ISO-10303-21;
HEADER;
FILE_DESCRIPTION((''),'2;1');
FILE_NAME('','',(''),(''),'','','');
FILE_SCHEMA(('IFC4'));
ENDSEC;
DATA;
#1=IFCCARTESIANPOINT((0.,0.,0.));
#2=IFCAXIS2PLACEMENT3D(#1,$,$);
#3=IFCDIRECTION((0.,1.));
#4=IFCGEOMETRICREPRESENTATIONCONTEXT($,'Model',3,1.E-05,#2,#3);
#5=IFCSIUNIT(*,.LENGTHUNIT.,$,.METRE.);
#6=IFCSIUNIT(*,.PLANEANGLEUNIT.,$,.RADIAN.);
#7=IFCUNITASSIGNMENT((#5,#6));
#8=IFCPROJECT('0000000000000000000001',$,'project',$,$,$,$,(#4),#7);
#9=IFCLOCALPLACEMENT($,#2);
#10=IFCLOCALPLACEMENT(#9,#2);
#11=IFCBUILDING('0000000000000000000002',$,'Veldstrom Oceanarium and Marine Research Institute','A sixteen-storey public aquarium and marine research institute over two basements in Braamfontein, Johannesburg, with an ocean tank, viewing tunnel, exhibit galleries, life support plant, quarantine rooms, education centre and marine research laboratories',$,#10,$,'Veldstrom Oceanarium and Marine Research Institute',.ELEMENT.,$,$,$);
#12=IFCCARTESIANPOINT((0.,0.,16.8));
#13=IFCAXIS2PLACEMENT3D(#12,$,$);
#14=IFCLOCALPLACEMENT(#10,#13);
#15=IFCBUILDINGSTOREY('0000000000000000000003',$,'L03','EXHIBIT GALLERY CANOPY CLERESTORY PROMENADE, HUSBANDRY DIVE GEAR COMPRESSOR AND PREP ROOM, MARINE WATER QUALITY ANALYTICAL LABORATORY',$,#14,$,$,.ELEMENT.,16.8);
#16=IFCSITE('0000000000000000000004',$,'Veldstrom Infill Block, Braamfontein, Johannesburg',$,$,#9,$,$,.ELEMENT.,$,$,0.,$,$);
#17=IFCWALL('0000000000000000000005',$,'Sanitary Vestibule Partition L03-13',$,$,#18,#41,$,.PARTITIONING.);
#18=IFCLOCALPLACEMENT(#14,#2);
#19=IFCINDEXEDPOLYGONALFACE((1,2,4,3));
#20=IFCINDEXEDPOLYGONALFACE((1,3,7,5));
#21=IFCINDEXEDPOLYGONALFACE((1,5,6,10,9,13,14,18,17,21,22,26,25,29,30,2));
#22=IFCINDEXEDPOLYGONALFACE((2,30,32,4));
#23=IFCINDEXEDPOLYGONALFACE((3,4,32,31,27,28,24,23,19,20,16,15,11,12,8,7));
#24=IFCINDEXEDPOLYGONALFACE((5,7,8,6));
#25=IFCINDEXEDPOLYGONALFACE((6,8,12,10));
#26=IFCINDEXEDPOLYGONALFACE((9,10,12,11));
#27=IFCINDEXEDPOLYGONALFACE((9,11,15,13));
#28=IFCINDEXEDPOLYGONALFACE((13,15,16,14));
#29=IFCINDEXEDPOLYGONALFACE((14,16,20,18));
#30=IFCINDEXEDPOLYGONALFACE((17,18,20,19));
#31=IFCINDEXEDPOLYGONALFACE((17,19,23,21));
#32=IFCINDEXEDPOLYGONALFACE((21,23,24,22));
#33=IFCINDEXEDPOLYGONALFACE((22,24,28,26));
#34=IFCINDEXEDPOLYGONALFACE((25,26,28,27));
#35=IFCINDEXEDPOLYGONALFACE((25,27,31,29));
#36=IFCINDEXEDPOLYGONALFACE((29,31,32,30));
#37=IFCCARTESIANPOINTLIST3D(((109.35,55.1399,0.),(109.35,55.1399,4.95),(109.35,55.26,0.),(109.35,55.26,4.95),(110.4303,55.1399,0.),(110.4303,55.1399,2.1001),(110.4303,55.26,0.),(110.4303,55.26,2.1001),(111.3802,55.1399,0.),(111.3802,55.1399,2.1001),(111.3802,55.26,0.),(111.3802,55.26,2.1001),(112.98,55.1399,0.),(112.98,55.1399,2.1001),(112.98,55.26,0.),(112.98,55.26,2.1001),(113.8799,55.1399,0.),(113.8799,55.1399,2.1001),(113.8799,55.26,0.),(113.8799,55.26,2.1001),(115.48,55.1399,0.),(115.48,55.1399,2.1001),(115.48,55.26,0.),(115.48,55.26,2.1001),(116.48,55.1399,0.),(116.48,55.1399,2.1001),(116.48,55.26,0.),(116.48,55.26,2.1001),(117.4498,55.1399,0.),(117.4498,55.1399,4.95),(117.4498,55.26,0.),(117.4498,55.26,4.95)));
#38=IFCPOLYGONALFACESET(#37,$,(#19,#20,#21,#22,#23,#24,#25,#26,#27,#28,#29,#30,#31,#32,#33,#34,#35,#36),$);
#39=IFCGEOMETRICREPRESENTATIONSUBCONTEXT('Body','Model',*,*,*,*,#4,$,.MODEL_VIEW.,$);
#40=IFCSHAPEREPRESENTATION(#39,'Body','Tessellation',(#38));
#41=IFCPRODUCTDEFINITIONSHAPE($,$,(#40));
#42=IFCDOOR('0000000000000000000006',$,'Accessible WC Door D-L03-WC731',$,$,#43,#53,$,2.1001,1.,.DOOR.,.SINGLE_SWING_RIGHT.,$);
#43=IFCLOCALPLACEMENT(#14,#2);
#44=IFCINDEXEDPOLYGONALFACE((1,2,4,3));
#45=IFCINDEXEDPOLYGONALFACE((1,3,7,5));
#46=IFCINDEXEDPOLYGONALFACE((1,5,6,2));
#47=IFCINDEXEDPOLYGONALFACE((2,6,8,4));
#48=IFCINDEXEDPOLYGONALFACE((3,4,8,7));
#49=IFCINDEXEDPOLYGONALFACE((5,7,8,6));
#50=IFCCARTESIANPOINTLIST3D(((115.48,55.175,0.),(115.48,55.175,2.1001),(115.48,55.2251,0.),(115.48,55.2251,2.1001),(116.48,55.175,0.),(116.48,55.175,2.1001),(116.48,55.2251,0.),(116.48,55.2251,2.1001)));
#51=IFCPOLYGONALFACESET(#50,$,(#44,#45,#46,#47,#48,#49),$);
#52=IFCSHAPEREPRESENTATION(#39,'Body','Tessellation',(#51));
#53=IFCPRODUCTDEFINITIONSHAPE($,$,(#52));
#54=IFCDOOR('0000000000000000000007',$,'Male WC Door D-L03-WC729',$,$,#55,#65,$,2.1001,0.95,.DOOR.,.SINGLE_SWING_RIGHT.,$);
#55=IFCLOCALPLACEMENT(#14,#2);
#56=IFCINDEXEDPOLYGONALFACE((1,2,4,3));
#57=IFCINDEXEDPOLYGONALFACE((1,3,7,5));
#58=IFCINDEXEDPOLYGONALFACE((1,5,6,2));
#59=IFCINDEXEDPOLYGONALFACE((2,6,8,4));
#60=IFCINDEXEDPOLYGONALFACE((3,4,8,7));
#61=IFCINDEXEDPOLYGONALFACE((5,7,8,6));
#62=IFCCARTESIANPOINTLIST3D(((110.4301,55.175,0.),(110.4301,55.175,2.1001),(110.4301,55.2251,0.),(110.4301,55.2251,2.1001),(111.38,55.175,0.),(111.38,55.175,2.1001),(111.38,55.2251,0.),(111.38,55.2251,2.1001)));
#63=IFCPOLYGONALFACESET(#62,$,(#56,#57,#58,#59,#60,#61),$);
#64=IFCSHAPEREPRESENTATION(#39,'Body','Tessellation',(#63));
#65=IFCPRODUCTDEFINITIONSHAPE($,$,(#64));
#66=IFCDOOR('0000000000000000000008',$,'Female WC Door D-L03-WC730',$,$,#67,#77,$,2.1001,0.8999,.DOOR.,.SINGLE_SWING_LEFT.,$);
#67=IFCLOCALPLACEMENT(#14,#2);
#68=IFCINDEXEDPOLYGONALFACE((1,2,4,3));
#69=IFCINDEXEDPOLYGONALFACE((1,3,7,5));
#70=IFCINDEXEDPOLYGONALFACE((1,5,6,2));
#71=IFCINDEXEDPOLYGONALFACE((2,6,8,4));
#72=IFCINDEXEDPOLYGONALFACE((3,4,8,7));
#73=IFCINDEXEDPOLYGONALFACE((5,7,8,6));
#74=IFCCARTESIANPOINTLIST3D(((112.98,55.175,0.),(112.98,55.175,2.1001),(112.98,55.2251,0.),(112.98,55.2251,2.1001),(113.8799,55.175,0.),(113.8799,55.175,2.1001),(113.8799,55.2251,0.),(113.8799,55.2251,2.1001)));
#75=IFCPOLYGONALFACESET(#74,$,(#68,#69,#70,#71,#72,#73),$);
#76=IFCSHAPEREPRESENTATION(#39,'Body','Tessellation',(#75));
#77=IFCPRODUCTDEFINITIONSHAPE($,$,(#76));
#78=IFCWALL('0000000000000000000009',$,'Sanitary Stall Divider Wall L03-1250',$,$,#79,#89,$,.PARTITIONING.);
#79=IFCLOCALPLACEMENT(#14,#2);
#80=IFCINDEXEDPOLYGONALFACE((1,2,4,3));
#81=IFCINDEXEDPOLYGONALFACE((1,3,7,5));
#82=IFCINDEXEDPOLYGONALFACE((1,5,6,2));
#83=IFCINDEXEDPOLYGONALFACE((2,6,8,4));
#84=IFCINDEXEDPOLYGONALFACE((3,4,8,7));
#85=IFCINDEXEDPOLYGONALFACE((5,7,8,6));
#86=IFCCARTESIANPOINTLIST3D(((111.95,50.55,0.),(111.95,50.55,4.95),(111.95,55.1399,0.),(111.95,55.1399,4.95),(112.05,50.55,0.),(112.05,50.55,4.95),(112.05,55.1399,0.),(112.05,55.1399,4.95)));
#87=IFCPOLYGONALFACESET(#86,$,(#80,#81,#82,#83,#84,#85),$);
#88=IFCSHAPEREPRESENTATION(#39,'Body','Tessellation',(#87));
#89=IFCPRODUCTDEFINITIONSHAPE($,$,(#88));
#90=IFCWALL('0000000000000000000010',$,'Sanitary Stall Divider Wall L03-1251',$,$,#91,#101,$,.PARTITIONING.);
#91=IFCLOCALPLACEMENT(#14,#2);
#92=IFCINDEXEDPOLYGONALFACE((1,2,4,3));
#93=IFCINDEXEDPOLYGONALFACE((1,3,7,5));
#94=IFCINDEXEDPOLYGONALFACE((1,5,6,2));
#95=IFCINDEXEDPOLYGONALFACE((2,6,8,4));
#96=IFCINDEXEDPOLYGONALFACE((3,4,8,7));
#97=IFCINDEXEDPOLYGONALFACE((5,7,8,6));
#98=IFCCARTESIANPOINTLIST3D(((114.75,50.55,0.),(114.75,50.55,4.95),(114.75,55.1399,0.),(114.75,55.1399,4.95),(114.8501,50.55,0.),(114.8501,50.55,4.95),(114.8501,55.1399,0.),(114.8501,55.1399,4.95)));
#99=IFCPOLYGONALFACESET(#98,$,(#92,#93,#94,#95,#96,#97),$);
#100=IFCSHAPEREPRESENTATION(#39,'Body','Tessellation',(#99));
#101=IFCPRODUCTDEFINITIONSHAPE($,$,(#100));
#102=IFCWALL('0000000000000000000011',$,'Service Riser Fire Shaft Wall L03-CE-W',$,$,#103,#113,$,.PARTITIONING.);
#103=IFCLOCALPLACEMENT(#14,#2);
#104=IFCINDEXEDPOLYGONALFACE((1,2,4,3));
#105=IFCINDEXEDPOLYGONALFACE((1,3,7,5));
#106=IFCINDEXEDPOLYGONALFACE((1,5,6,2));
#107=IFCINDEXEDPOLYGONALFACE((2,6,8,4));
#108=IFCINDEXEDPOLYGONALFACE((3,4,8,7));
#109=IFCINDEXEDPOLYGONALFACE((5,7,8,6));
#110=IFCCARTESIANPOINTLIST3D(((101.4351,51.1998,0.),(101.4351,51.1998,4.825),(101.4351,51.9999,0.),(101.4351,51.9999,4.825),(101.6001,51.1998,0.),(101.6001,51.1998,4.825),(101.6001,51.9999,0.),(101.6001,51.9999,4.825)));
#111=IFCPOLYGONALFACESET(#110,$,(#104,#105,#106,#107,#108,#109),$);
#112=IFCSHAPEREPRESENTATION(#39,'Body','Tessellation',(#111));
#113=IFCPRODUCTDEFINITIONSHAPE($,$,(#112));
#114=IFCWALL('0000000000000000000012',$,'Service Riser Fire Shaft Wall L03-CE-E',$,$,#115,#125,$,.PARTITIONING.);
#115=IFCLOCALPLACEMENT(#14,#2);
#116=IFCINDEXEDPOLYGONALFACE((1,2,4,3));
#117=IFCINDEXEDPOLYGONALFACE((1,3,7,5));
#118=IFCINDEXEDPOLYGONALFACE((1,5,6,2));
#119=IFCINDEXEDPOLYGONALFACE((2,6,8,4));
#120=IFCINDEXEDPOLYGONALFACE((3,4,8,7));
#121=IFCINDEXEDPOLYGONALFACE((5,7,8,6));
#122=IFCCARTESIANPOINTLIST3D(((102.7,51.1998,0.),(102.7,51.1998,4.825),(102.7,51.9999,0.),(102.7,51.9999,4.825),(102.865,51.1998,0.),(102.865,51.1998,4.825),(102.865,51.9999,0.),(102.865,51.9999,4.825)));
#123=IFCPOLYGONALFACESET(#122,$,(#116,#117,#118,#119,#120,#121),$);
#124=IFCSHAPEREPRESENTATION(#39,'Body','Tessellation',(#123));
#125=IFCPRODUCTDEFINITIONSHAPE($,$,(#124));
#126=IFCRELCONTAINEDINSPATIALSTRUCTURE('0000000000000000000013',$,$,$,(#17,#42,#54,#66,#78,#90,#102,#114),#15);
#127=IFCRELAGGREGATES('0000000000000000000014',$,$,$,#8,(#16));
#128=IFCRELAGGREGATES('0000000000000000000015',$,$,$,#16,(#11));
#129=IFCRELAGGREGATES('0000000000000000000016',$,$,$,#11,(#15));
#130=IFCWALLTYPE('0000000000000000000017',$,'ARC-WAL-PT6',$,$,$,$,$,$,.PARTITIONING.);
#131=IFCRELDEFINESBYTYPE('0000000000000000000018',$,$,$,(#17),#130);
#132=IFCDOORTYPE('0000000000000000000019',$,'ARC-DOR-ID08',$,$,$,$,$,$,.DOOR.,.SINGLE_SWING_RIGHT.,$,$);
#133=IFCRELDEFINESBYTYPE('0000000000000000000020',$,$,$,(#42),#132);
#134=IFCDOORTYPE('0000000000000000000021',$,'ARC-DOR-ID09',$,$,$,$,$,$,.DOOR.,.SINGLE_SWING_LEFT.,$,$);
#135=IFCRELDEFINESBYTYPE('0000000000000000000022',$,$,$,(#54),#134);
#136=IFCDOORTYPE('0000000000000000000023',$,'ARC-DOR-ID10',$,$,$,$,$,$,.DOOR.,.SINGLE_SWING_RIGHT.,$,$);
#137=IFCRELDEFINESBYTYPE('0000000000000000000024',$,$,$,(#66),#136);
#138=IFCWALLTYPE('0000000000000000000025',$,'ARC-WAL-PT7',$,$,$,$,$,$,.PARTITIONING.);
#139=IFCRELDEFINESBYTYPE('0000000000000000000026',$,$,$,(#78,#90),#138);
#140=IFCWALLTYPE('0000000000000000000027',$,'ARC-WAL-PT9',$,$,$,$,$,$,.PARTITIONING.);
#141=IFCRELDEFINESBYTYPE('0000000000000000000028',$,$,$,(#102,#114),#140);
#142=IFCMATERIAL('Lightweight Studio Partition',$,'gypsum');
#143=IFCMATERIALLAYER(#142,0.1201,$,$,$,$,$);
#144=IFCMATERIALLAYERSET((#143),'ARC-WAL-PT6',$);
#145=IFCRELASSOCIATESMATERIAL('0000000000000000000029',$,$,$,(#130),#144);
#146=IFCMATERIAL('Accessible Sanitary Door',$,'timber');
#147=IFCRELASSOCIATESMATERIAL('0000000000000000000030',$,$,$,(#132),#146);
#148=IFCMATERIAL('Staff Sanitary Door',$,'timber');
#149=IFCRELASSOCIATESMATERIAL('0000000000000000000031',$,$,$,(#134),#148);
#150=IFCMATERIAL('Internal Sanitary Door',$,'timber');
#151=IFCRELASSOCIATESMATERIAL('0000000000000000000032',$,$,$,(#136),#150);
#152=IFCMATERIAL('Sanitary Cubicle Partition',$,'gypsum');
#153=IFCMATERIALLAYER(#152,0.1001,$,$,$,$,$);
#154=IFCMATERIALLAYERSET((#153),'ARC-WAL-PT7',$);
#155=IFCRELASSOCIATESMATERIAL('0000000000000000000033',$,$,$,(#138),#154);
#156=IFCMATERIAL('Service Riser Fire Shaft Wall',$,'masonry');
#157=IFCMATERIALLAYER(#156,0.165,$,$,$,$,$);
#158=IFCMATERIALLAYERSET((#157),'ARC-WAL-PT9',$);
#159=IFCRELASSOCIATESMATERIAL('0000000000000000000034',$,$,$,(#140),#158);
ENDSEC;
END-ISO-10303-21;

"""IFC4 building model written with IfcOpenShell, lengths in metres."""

from ifc_helpers import new_model, si_unit, direction, frame, frame_2d, origin, place, context, subcontext, project, spatial, rectangle, extrude, material, layer, layer_set, type_object, element, fill, save


model = new_model("IFC4")

# Units and contexts
model_context = context("Model", 3, precision=1e-05, world=origin(), true_north=direction((0.0, 1.0)))
body_context = subcontext(model_context, "Body", "Model", "MODEL_VIEW")
ifc_project = project(units=[si_unit("LENGTHUNIT", "METRE"), si_unit("PLANEANGLEUNIT", "RADIAN")], contexts=[model_context])

# Site, building, storey
site_placement = place(None, origin())
site = spatial("IfcSite", under=ifc_project, at=site_placement, Name="Veldstrom Infill Block, Braamfontein, Johannesburg", CompositionType="ELEMENT", RefElevation=0.0)
building_placement = place(site_placement, origin())
building = spatial("IfcBuilding", under=site, at=building_placement, Name="Veldstrom Oceanarium and Marine Research Institute", Description="A sixteen-storey public aquarium and marine research institute over two basements in Braamfontein, Johannesburg, with an ocean tank, viewing tunnel, exhibit galleries, life support plant, quarantine rooms, education centre and marine research laboratories", LongName="Veldstrom Oceanarium and Marine Research Institute", CompositionType="ELEMENT")
storey_placement = place(building_placement, frame((0.0, 0.0, 16.8)))
storey = spatial("IfcBuildingStorey", under=building, at=storey_placement, Name="L03", Description="EXHIBIT GALLERY CANOPY CLERESTORY PROMENADE, HUSBANDRY DIVE GEAR COMPRESSOR AND PREP ROOM, MARINE WATER QUALITY ANALYTICAL LABORATORY", CompositionType="ELEMENT", Elevation=16.8)

# Wall, openings, doors
ifc_material_1 = material(Name="Lightweight Studio Partition", Category="gypsum")
ifc_layer_1 = layer(ifc_material_1, 0.1201)
ifc_layer_set_1 = layer_set([ifc_layer_1], Name="ARC-WAL-PT6")
wall_type_1 = type_object("IfcWallType", Name="ARC-WAL-PT6", PredefinedType="PARTITIONING", material=ifc_layer_set_1)
wall_1_placement = place(storey_placement, frame((109.3501, 55.2, 0.0), z_axis=(0.0, 0.0, 1.0), x_axis=(1.0, 0.0, 0.0)))
wall_1 = element("IfcWall", 1, at=wall_1_placement, inside=storey, type_object=wall_type_1, Name="Sanitary Vestibule Partition L03-13", PredefinedType="PARTITIONING", context=body_context, shape_type="SweptSolid", body=[
    extrude(rectangle(XDim=8.0999, YDim=0.1201, at=frame_2d((4.0498, 0.0))), origin(), (0.0, 0.0, 1.0), 4.95),
])
opening_1_placement = place(wall_1_placement, frame((1.0801, 0.0, 0.0)))
opening_1 = element("IfcOpeningElement", 2, at=opening_1_placement, cuts=wall_1, PredefinedType="OPENING", context=body_context, shape_type="SweptSolid", body=[
    extrude(rectangle(XDim=0.95, YDim=2.1001, at=frame_2d((0.4751, 1.05))), frame((0.0, 0.0701, 0.0), z_axis=(0.0, -1.0, 0.0), x_axis=(1.0, 0.0, 0.0)), (0.0, 0.0, 1.0), 0.1401),
])
opening_2_placement = place(wall_1_placement, frame((3.6299, 0.0, 0.0)))
opening_2 = element("IfcOpeningElement", 3, at=opening_2_placement, cuts=wall_1, PredefinedType="OPENING", context=body_context, shape_type="SweptSolid", body=[
    extrude(rectangle(XDim=0.8999, YDim=2.1001, at=frame_2d((0.45, 1.05))), frame((0.0, 0.0701, 0.0), z_axis=(0.0, -1.0, 0.0), x_axis=(1.0, 0.0, 0.0)), (0.0, 0.0, 1.0), 0.1401),
])
opening_3_placement = place(wall_1_placement, frame((6.1299, 0.0, 0.0)))
opening_3 = element("IfcOpeningElement", 4, at=opening_3_placement, cuts=wall_1, PredefinedType="OPENING", context=body_context, shape_type="SweptSolid", body=[
    extrude(rectangle(XDim=1.0, YDim=2.1001, at=frame_2d((0.5, 1.05))), frame((0.0, 0.0701, 0.0), z_axis=(0.0, -1.0, 0.0), x_axis=(1.0, 0.0, 0.0)), (0.0, 0.0, 1.0), 0.1401),
])
ifc_material_2 = material(Name="Accessible Sanitary Door", Category="timber")
door_type_1 = type_object("IfcDoorType", Name="ARC-DOR-ID08", OperationType="SINGLE_SWING_RIGHT", PredefinedType="DOOR", material=ifc_material_2)
door_1_placement = place(opening_3_placement, frame((1.0, 0.0, 0.0), z_axis=(0.0, 0.0, 1.0), x_axis=(-1.0, 0.0, 0.0)))
door_1 = element("IfcDoor", 5, at=door_1_placement, inside=storey, type_object=door_type_1, Name="Accessible WC Door D-L03-WC731", OperationType="SINGLE_SWING_RIGHT", OverallHeight=2.1001, OverallWidth=1.0, PredefinedType="DOOR", context=body_context, shape_type="SweptSolid", body=[
    extrude(rectangle(XDim=1.0, YDim=2.1001, at=frame_2d((0.5, 1.05))), frame((0.0, 0.0249, 0.0), z_axis=(0.0, -1.0, 0.0), x_axis=(1.0, 0.0, 0.0)), (0.0, 0.0, 1.0), 0.05),
])
fill(opening_3, door_1)
ifc_material_3 = material(Name="Staff Sanitary Door", Category="timber")
door_type_2 = type_object("IfcDoorType", Name="ARC-DOR-ID09", OperationType="SINGLE_SWING_LEFT", PredefinedType="DOOR", material=ifc_material_3)
door_2_placement = place(opening_1_placement, frame((0.95, 0.0, 0.0), z_axis=(0.0, 0.0, 1.0), x_axis=(-1.0, 0.0, 0.0)))
door_2 = element("IfcDoor", 6, at=door_2_placement, inside=storey, type_object=door_type_2, Name="Male WC Door D-L03-WC729", OperationType="SINGLE_SWING_RIGHT", OverallHeight=2.1001, OverallWidth=0.95, PredefinedType="DOOR", context=body_context, shape_type="SweptSolid", body=[
    extrude(rectangle(XDim=0.95, YDim=2.1001, at=frame_2d((0.4751, 1.05))), frame((0.0, 0.0249, 0.0), z_axis=(0.0, -1.0, 0.0), x_axis=(1.0, 0.0, 0.0)), (0.0, 0.0, 1.0), 0.05),
])
fill(opening_1, door_2)
ifc_material_4 = material(Name="Internal Sanitary Door", Category="timber")
door_type_3 = type_object("IfcDoorType", Name="ARC-DOR-ID10", OperationType="SINGLE_SWING_RIGHT", PredefinedType="DOOR", material=ifc_material_4)
door_3_placement = place(opening_2_placement, frame((0.8999, 0.0, 0.0), z_axis=(0.0, 0.0, 1.0), x_axis=(-1.0, 0.0, 0.0)))
door_3 = element("IfcDoor", 7, at=door_3_placement, inside=storey, type_object=door_type_3, Name="Female WC Door D-L03-WC730", OperationType="SINGLE_SWING_LEFT", OverallHeight=2.1001, OverallWidth=0.8999, PredefinedType="DOOR", context=body_context, shape_type="SweptSolid", body=[
    extrude(rectangle(XDim=0.8999, YDim=2.1001, at=frame_2d((0.45, 1.05))), frame((0.0, 0.0249, 0.0), z_axis=(0.0, -1.0, 0.0), x_axis=(1.0, 0.0, 0.0)), (0.0, 0.0, 1.0), 0.05),
])
fill(opening_2, door_3)

# Walls
ifc_material_5 = material(Name="Sanitary Cubicle Partition", Category="gypsum")
ifc_layer_2 = layer(ifc_material_5, 0.1001)
ifc_layer_set_2 = layer_set([ifc_layer_2], Name="ARC-WAL-PT7")
wall_type_2 = type_object("IfcWallType", Name="ARC-WAL-PT7", PredefinedType="PARTITIONING", material=ifc_layer_set_2)
for number, where, z_axis, x_axis, name in (
    (8, (112.0, 50.55, 0.0), (0.0, 0.0, 1.0), (0.0, 1.0, 0.0), "Sanitary Stall Divider Wall L03-1250"),
    (9, (114.8, 50.55, 0.0), (0.0, 0.0, 1.0), (0.0, 1.0, 0.0), "Sanitary Stall Divider Wall L03-1251"),
):
    element("IfcWall", number, at=place(storey_placement, frame(where, z_axis=z_axis, x_axis=x_axis)), inside=storey, type_object=wall_type_2, Name=name, PredefinedType="PARTITIONING", context=body_context, shape_type="SweptSolid", body=[
        extrude(rectangle(XDim=4.5898, YDim=0.1001, at=frame_2d((2.2949, 0.0))), origin(), (0.0, 0.0, 1.0), 4.95),
    ])
ifc_material_6 = material(Name="Service Riser Fire Shaft Wall", Category="masonry")
ifc_layer_3 = layer(ifc_material_6, 0.165)
ifc_layer_set_3 = layer_set([ifc_layer_3], Name="ARC-WAL-PT9")
wall_type_3 = type_object("IfcWallType", Name="ARC-WAL-PT9", PredefinedType="PARTITIONING", material=ifc_layer_set_3)
for number, where, z_axis, x_axis, name in (
    (10, (101.5176, 51.2, 0.0), (0.0, 0.0, 1.0), (0.0, 1.0, 0.0), "Service Riser Fire Shaft Wall L03-CE-W"),
    (11, (102.7825, 51.2, 0.0), (0.0, 0.0, 1.0), (0.0, 1.0, 0.0), "Service Riser Fire Shaft Wall L03-CE-E"),
):
    element("IfcWall", number, at=place(storey_placement, frame(where, z_axis=z_axis, x_axis=x_axis)), inside=storey, type_object=wall_type_3, Name=name, PredefinedType="PARTITIONING", context=body_context, shape_type="SweptSolid", body=[
        extrude(rectangle(XDim=0.8, YDim=0.165, at=frame_2d((0.3999, 0.0))), origin(), (0.0, 0.0, 1.0), 4.825),
    ])

save(model, "model.ifc")
